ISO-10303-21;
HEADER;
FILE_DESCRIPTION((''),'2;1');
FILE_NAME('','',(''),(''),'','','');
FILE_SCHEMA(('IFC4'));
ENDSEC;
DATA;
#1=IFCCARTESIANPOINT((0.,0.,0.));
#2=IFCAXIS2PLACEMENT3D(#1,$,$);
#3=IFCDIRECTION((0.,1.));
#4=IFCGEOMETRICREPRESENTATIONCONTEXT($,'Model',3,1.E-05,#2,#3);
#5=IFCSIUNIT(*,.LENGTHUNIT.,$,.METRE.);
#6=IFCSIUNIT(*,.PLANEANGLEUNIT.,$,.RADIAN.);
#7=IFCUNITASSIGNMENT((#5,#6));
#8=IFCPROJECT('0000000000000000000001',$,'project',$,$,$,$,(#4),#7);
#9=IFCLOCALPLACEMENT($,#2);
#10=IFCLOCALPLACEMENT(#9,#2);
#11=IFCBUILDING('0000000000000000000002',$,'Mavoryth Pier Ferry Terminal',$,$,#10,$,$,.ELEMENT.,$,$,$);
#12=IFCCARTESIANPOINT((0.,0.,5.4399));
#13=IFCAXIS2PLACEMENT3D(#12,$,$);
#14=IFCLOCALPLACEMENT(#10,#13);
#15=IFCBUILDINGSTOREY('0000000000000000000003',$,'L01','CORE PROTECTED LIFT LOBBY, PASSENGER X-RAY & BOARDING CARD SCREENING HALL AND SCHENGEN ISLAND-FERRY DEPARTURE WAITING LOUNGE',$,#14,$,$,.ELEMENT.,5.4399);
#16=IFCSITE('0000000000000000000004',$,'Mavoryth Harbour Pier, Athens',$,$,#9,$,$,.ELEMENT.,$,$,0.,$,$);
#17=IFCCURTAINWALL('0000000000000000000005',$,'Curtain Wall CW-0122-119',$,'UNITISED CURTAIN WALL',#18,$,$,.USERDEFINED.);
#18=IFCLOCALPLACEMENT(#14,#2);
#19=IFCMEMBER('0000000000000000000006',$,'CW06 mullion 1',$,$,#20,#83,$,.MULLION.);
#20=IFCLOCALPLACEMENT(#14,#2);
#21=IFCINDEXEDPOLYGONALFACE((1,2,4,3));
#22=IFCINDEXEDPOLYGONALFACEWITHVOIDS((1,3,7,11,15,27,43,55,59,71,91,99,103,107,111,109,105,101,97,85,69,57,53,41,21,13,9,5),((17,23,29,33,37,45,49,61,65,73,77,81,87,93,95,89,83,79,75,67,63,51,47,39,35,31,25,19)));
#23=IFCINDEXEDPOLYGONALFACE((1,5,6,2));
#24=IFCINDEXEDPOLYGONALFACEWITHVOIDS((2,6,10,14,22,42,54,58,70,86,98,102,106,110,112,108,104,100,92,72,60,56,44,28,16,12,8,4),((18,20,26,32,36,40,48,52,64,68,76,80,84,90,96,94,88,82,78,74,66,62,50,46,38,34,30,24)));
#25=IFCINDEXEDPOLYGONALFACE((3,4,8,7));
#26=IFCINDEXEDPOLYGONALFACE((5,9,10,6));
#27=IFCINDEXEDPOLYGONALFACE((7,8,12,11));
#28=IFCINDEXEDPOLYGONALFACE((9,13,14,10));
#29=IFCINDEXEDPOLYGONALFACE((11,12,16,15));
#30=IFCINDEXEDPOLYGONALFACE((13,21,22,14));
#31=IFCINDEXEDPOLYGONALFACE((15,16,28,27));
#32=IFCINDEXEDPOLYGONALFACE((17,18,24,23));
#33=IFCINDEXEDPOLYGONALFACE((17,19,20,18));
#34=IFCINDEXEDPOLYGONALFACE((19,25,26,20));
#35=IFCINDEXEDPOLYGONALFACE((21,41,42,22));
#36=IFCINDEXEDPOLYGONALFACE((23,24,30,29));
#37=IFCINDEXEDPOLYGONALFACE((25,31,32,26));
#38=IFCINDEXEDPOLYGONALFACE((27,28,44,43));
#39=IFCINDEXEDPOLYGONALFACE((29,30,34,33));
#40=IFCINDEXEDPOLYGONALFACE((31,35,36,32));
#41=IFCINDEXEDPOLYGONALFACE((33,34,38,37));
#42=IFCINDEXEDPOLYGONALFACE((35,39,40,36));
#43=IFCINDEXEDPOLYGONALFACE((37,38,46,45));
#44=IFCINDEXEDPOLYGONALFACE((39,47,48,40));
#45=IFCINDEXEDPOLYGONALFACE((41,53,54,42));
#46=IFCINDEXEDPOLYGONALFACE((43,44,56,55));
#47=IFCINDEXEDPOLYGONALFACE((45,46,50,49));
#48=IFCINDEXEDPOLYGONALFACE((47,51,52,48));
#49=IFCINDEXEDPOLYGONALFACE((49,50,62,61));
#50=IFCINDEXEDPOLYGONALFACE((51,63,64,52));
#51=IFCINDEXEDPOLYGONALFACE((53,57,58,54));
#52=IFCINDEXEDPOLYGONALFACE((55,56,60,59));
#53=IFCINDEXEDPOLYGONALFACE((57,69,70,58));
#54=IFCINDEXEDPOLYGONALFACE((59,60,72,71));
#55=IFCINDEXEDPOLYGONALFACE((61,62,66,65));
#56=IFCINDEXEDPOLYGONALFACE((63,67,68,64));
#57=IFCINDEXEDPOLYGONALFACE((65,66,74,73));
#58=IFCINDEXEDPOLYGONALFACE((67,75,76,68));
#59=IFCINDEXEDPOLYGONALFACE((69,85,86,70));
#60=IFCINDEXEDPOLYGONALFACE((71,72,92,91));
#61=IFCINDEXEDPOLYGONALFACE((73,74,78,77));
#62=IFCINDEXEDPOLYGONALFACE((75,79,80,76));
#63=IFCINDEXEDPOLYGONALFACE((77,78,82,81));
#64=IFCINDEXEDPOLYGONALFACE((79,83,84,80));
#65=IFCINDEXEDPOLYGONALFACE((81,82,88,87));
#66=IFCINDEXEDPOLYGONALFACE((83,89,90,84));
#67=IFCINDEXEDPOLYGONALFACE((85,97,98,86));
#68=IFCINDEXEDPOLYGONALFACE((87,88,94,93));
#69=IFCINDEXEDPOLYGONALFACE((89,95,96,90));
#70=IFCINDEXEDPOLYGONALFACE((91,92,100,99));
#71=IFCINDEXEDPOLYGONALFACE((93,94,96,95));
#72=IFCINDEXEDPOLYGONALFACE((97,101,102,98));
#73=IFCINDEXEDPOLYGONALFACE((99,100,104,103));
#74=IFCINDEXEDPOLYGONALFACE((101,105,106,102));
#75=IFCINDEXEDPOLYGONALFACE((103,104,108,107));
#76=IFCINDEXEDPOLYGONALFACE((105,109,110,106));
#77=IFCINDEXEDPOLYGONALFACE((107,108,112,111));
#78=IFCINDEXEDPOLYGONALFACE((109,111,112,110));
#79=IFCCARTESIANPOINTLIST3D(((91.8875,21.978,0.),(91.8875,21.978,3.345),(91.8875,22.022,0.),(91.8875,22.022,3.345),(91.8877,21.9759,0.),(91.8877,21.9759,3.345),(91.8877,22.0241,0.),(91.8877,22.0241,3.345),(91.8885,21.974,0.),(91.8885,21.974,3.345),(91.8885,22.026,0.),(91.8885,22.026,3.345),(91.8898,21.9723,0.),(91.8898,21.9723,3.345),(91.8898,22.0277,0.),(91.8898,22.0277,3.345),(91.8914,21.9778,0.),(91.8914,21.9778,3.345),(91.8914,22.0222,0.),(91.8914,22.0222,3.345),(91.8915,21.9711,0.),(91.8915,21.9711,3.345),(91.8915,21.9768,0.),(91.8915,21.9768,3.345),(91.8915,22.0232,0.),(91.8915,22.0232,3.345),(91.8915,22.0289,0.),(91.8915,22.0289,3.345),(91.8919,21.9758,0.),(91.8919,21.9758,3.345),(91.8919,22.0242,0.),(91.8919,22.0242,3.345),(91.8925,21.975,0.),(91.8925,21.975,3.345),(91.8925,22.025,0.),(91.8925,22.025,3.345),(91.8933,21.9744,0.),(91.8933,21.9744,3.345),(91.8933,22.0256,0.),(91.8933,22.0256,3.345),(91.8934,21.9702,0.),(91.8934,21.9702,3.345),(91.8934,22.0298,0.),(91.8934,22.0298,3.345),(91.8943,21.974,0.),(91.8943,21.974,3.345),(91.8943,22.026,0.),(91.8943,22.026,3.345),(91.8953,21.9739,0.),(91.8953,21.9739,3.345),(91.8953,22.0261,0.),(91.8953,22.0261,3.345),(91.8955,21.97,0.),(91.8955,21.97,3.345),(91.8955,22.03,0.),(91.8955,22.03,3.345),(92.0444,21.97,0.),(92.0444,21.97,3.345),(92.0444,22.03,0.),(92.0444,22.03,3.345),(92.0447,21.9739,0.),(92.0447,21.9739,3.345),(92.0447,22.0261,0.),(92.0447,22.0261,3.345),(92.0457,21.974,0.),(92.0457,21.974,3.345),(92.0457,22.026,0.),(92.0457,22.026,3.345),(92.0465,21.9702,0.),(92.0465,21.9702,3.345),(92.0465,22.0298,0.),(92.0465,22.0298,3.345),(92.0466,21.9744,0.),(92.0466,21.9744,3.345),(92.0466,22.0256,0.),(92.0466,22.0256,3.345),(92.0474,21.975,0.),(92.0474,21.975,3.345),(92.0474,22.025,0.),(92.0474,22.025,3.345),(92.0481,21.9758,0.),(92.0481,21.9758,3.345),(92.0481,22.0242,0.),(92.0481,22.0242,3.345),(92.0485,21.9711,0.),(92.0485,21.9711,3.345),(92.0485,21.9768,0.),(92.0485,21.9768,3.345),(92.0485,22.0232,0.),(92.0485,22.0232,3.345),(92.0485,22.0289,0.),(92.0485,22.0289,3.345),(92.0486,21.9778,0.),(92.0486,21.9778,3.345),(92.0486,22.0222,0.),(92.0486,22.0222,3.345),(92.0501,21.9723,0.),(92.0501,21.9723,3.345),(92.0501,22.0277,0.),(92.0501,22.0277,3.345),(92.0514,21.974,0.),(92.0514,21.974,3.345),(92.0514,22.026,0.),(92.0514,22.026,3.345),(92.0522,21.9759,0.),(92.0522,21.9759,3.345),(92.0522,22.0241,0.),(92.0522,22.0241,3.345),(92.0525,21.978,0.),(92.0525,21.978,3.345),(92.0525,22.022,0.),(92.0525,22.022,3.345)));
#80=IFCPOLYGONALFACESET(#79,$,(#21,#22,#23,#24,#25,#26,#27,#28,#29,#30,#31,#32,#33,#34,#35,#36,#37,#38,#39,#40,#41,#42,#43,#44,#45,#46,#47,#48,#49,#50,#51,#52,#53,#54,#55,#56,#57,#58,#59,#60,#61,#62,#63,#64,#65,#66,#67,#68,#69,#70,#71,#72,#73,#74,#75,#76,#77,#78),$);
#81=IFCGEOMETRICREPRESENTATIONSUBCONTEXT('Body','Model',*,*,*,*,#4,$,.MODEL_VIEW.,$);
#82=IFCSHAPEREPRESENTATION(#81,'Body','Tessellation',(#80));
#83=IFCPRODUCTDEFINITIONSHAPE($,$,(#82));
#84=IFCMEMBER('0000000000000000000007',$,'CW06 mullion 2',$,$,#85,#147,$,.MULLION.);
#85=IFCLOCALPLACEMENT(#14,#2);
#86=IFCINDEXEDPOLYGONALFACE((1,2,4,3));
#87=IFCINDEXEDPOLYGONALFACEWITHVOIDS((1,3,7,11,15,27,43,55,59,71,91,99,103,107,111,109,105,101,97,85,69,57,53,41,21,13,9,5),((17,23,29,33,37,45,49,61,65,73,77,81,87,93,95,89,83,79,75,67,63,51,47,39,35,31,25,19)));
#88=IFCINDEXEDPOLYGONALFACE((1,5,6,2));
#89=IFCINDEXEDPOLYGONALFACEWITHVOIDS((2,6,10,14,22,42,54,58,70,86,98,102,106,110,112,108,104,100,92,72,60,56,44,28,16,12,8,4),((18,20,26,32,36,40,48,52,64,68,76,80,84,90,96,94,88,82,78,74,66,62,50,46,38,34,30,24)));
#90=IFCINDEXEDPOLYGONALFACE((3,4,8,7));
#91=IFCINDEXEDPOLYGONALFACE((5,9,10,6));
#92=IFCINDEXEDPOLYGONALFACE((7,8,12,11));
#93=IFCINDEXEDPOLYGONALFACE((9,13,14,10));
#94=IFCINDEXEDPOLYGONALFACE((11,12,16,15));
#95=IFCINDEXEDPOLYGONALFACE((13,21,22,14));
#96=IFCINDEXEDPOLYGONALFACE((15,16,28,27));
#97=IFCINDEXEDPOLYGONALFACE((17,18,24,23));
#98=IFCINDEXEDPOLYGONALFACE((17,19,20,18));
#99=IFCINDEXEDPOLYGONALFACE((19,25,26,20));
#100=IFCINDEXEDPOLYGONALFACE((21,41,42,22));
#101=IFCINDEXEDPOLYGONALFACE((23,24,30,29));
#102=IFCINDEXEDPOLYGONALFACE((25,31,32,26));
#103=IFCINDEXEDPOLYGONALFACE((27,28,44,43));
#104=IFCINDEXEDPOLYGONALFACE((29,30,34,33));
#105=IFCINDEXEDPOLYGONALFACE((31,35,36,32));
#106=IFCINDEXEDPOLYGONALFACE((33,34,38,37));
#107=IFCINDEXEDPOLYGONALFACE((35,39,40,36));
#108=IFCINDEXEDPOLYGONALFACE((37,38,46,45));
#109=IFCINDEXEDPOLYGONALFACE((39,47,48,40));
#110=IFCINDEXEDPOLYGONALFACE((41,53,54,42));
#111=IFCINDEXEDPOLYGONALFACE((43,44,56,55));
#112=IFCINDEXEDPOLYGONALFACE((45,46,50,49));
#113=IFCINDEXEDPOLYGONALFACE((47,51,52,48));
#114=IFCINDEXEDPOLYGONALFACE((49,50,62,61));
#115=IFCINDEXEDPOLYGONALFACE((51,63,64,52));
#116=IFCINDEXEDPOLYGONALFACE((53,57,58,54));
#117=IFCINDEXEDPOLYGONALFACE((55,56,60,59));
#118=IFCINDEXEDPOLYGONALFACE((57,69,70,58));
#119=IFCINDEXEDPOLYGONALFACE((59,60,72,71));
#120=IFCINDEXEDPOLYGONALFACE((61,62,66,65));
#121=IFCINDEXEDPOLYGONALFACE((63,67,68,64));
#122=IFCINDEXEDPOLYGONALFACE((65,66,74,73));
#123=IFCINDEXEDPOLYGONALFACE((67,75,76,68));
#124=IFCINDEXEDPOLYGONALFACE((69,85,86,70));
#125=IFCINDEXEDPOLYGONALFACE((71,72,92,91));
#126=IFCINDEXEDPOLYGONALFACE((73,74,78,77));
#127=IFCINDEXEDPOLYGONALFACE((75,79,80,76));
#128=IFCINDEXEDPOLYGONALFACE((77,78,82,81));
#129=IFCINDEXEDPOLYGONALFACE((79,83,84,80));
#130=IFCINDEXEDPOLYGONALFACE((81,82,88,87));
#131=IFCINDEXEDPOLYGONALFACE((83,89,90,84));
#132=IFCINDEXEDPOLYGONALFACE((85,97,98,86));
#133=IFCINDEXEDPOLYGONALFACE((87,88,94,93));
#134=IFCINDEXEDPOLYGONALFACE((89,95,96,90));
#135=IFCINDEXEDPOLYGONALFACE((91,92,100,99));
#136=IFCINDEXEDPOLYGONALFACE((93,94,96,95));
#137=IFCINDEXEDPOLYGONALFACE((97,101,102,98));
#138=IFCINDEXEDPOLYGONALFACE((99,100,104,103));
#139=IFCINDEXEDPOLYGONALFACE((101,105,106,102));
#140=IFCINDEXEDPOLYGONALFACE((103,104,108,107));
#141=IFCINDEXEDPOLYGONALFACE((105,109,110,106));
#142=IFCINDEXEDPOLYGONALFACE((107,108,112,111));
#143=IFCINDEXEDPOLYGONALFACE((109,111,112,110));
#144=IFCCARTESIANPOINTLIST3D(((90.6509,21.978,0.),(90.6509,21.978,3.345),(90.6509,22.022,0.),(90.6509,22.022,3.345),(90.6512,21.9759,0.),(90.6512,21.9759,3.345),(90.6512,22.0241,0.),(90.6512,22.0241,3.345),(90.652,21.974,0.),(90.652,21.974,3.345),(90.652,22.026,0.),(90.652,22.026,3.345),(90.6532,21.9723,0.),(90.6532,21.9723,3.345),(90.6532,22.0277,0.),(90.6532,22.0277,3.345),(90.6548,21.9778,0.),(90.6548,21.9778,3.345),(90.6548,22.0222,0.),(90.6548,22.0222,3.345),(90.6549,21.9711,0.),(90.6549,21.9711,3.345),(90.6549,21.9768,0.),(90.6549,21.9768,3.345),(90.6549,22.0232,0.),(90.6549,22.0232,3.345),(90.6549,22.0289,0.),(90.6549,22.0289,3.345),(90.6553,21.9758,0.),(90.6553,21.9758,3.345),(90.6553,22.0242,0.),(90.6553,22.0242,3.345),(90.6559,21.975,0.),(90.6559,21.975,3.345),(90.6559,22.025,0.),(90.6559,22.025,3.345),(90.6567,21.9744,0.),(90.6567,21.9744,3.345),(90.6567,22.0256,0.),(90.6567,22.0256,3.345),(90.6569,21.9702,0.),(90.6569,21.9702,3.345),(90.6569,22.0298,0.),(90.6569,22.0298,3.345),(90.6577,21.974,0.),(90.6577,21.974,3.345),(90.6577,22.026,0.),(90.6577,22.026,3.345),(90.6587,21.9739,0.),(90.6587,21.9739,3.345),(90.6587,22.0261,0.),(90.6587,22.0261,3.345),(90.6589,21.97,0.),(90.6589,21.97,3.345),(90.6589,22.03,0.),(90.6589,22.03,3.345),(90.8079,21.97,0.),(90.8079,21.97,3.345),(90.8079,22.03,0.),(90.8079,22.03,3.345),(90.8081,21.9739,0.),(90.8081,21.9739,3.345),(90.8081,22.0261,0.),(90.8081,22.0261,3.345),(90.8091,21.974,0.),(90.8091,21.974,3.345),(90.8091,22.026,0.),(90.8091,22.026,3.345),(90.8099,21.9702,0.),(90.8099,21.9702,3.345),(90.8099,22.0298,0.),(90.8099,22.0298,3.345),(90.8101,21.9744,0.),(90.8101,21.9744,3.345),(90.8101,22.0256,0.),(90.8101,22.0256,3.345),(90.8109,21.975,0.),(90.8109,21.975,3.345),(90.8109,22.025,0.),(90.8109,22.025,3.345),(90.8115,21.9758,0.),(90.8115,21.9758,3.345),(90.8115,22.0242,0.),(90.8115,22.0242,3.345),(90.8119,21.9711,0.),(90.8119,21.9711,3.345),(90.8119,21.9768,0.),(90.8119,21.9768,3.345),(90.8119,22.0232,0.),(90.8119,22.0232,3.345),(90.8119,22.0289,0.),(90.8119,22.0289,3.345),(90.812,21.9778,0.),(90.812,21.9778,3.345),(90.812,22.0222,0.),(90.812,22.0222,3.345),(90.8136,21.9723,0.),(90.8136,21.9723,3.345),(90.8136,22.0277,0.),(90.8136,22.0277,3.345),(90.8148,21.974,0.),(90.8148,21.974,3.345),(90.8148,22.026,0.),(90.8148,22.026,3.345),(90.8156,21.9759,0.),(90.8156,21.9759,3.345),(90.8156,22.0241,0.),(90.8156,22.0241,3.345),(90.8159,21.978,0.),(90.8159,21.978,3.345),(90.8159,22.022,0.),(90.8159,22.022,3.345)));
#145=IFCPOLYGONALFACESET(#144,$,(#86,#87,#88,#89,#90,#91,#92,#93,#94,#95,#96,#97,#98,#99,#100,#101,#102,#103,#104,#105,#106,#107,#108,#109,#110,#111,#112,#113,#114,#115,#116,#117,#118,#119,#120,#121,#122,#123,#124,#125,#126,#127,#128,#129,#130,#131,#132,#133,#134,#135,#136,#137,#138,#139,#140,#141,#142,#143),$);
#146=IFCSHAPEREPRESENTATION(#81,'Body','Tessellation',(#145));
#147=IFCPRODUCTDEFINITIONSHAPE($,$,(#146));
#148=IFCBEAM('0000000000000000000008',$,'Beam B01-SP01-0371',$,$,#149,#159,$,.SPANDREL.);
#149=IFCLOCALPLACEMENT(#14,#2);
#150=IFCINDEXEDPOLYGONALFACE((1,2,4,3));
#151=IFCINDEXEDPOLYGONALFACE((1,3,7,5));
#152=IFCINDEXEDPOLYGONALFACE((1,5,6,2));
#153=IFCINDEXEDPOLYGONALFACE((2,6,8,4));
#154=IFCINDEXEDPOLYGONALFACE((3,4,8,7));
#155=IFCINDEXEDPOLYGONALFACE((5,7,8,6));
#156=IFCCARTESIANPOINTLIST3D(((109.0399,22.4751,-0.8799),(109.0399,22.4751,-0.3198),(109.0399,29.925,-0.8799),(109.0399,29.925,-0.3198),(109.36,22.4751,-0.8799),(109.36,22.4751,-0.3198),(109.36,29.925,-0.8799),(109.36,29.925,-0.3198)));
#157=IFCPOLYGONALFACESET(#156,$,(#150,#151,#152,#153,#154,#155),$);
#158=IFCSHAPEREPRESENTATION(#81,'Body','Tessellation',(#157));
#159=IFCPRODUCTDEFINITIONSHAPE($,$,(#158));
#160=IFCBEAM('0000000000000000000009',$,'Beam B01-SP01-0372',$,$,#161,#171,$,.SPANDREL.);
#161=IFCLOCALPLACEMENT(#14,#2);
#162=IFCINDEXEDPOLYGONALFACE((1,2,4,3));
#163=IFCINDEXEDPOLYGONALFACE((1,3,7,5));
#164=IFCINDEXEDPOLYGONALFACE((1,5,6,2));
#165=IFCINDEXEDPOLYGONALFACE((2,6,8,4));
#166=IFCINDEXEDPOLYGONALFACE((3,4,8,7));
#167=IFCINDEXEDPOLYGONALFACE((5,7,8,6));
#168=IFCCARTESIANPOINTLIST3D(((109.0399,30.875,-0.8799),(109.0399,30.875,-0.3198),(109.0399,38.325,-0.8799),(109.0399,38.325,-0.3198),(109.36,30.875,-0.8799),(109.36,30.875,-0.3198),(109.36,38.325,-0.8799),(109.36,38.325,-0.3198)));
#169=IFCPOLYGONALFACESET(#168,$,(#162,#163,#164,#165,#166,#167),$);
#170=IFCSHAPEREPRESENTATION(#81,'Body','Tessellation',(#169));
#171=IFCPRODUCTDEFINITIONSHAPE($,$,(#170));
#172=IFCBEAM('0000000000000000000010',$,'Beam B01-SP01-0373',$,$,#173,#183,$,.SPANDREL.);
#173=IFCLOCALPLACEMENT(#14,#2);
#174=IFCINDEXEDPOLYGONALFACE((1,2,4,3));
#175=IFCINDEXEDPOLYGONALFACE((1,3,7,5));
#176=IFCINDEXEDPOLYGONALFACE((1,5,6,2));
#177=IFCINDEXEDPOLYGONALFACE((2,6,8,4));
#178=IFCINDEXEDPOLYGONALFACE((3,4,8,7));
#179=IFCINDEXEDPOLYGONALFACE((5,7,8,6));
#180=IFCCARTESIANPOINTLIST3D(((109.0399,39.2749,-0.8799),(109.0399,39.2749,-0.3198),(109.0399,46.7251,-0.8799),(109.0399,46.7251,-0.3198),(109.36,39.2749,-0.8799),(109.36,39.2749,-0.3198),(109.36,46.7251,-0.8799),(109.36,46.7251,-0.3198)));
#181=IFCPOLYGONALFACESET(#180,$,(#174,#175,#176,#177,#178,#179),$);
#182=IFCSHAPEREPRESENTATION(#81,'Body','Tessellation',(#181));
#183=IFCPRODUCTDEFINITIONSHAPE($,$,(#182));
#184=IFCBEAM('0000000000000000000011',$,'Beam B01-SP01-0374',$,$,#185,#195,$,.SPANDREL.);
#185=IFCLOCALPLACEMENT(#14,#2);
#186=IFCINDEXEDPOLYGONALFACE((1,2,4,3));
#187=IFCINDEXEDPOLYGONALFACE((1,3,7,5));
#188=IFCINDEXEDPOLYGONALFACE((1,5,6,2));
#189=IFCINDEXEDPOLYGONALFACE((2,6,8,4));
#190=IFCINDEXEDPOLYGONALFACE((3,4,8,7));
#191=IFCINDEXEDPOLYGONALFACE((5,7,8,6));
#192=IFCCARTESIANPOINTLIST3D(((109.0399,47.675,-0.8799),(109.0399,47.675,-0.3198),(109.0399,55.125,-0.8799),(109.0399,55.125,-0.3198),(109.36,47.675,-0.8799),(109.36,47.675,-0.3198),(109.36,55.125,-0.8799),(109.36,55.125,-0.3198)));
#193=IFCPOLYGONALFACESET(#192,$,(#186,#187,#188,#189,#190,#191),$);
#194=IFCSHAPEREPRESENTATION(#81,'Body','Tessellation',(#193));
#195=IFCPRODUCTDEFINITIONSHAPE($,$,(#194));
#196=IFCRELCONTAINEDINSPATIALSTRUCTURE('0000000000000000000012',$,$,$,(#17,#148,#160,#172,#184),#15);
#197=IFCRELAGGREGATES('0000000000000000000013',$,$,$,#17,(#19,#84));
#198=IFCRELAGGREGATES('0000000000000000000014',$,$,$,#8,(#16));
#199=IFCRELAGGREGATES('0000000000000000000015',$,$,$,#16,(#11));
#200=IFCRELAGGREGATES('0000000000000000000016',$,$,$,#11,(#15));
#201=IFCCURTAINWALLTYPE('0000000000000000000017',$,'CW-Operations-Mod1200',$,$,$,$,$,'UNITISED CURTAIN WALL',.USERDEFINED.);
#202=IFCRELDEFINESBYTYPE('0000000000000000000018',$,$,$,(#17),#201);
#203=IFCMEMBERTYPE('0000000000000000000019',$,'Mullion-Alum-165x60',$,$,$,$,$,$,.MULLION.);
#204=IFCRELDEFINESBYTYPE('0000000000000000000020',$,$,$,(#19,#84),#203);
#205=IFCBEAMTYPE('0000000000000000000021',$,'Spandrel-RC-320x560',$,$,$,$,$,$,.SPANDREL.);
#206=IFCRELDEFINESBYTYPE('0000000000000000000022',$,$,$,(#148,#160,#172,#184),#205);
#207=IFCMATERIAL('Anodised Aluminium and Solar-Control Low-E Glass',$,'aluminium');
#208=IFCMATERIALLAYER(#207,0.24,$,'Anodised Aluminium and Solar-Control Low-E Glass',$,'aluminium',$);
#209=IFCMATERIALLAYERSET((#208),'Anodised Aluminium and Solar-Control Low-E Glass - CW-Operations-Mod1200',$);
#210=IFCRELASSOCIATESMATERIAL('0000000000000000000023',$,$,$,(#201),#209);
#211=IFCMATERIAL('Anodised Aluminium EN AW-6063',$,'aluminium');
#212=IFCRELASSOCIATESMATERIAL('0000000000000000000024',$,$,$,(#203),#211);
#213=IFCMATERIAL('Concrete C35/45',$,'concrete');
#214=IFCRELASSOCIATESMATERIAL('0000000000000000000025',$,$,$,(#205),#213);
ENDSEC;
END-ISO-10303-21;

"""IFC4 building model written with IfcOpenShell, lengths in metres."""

from ifc_helpers import new_model, si_unit, direction, frame, origin, origin_2d, place, context, subcontext, project, spatial, rectangle, hollow_rectangle, extrude, material, layer, layer_set, material_profile, profile_set, type_object, element, aggregate, save


model = new_model("IFC4")

# Units and contexts
model_context = context("Model", 3, precision=1e-05, world=origin(), true_north=direction((0.0, 1.0)))
body_context = subcontext(model_context, "Body", "Model", "MODEL_VIEW")
ifc_project = project(units=[si_unit("LENGTHUNIT", "METRE"), si_unit("PLANEANGLEUNIT", "RADIAN")], contexts=[model_context])

# Site, building, storey
site_placement = place(None, origin())
site = spatial("IfcSite", under=ifc_project, at=site_placement, Name="Mavoryth Harbour Pier, Athens", CompositionType="ELEMENT", RefElevation=0.0)
building_placement = place(site_placement, origin())
building = spatial("IfcBuilding", under=site, at=building_placement, Name="Mavoryth Pier Ferry Terminal", CompositionType="ELEMENT")
storey_placement = place(building_placement, frame((0.0, 0.0, 5.4399)))
storey = spatial("IfcBuildingStorey", under=building, at=storey_placement, Name="L01", Description="CORE PROTECTED LIFT LOBBY, PASSENGER X-RAY & BOARDING CARD SCREENING HALL AND SCHENGEN ISLAND-FERRY DEPARTURE WAITING LOUNGE", CompositionType="ELEMENT", Elevation=5.4399)

# Shared definitions
ifc_material_1 = material(Name="Concrete C35/45", Category="concrete")

# Curtain wall, members
ifc_material_2 = material(Name="Anodised Aluminium and Solar-Control Low-E Glass", Category="aluminium")
ifc_layer_1 = layer(ifc_material_2, 0.24, Name="Anodised Aluminium and Solar-Control Low-E Glass", Category="aluminium")
ifc_layer_set_1 = layer_set([ifc_layer_1], Name="Anodised Aluminium and Solar-Control Low-E Glass - CW-Operations-Mod1200")
curtain_wall_type = type_object("IfcCurtainWallType", Name="CW-Operations-Mod1200", ElementType="UNITISED CURTAIN WALL", PredefinedType="USERDEFINED", material=ifc_layer_set_1)
curtain_wall_placement = place(storey_placement, origin())
curtain_wall = element("IfcCurtainWall", 1, at=curtain_wall_placement, inside=storey, type_object=curtain_wall_type, Name="Curtain Wall CW-0122-119", ObjectType="UNITISED CURTAIN WALL", PredefinedType="USERDEFINED")
ifc_material_3 = material(Name="Anodised Aluminium EN AW-6063", Category="aluminium")
ifc_material_profile_1 = material_profile(ifc_material_3, hollow_rectangle(XDim=0.0601, YDim=0.165, WallThickness=0.0039, InnerFilletRadius=0.0039, OuterFilletRadius=0.0081, at=origin_2d()), Name="AL-MULL 165x60x4", Category="aluminium")
ifc_profile_set_1 = profile_set([ifc_material_profile_1], Name="Anodised Aluminium EN AW-6063 - AL-MULL 165x60x4")
member_type_1 = type_object("IfcMemberType", Name="Mullion-Alum-165x60", PredefinedType="MULLION", material=ifc_profile_set_1)
member_1_placement = place(storey_placement, frame((91.97, 22.0, 0.0), z_axis=(0.0, 0.0, 1.0), x_axis=(0.0, -1.0, 0.0)))
member_1 = element("IfcMember", 2, at=member_1_placement, type_object=member_type_1, Name="CW06 mullion 1", PredefinedType="MULLION", context=body_context, shape_type="SweptSolid", body=[
    extrude(hollow_rectangle(XDim=0.0601, YDim=0.165, WallThickness=0.0039, InnerFilletRadius=0.0039, OuterFilletRadius=0.0081, at=origin_2d()), origin(), (0.0, 0.0, 1.0), 3.345),
])
member_2_placement = place(storey_placement, frame((90.7334, 22.0, 0.0), z_axis=(0.0, 0.0, 1.0), x_axis=(0.0, -1.0, 0.0)))
member_2 = element("IfcMember", 3, at=member_2_placement, type_object=member_type_1, Name="CW06 mullion 2", PredefinedType="MULLION", context=body_context, shape_type="SweptSolid", body=[
    extrude(hollow_rectangle(XDim=0.0601, YDim=0.165, WallThickness=0.0039, InnerFilletRadius=0.0039, OuterFilletRadius=0.0081, at=origin_2d()), origin(), (0.0, 0.0, 1.0), 3.345),
])

# Beams
ifc_material_profile_2 = material_profile(ifc_material_1, rectangle(XDim=0.3201, YDim=0.5601, at=origin_2d()), Name="RC 320x560", Category="concrete")
ifc_profile_set_2 = profile_set([ifc_material_profile_2], Name="Concrete C35/45 - RC 320x560")
beam_type_1 = type_object("IfcBeamType", Name="Spandrel-RC-320x560", PredefinedType="SPANDREL", material=ifc_profile_set_2)
for number, where, z_axis, x_axis, name in (
    (4, (109.2, 22.4751, -0.5999), (0.0, 1.0, 0.0), (-1.0, 0.0, 0.0), "Beam B01-SP01-0371"),
    (5, (109.2, 30.875, -0.5999), (0.0, 1.0, 0.0), (-1.0, 0.0, 0.0), "Beam B01-SP01-0372"),
):
    element("IfcBeam", number, at=place(storey_placement, frame(where, z_axis=z_axis, x_axis=x_axis)), inside=storey, type_object=beam_type_1, Name=name, PredefinedType="SPANDREL", context=body_context, shape_type="SweptSolid", body=[
        extrude(rectangle(XDim=0.3201, YDim=0.5601, at=origin_2d()), origin(), (0.0, 0.0, 1.0), 7.45),
    ])
beam_1_placement = place(storey_placement, frame((109.2, 39.2749, -0.5999), z_axis=(0.0, 1.0, 0.0), x_axis=(-1.0, 0.0, 0.0)))
element("IfcBeam", 6, at=beam_1_placement, inside=storey, type_object=beam_type_1, Name="Beam B01-SP01-0373", PredefinedType="SPANDREL", context=body_context, shape_type="SweptSolid", body=[
    extrude(rectangle(XDim=0.3201, YDim=0.5601, at=origin_2d()), origin(), (0.0, 0.0, 1.0), 7.4502),
])
beam_2_placement = place(storey_placement, frame((109.2, 47.675, -0.5999), z_axis=(0.0, 1.0, 0.0), x_axis=(-1.0, 0.0, 0.0)))
element("IfcBeam", 7, at=beam_2_placement, inside=storey, type_object=beam_type_1, Name="Beam B01-SP01-0374", PredefinedType="SPANDREL", context=body_context, shape_type="SweptSolid", body=[
    extrude(rectangle(XDim=0.3201, YDim=0.5601, at=origin_2d()), origin(), (0.0, 0.0, 1.0), 7.45),
])

aggregate(curtain_wall, [member_1, member_2])

save(model, "model.ifc")
